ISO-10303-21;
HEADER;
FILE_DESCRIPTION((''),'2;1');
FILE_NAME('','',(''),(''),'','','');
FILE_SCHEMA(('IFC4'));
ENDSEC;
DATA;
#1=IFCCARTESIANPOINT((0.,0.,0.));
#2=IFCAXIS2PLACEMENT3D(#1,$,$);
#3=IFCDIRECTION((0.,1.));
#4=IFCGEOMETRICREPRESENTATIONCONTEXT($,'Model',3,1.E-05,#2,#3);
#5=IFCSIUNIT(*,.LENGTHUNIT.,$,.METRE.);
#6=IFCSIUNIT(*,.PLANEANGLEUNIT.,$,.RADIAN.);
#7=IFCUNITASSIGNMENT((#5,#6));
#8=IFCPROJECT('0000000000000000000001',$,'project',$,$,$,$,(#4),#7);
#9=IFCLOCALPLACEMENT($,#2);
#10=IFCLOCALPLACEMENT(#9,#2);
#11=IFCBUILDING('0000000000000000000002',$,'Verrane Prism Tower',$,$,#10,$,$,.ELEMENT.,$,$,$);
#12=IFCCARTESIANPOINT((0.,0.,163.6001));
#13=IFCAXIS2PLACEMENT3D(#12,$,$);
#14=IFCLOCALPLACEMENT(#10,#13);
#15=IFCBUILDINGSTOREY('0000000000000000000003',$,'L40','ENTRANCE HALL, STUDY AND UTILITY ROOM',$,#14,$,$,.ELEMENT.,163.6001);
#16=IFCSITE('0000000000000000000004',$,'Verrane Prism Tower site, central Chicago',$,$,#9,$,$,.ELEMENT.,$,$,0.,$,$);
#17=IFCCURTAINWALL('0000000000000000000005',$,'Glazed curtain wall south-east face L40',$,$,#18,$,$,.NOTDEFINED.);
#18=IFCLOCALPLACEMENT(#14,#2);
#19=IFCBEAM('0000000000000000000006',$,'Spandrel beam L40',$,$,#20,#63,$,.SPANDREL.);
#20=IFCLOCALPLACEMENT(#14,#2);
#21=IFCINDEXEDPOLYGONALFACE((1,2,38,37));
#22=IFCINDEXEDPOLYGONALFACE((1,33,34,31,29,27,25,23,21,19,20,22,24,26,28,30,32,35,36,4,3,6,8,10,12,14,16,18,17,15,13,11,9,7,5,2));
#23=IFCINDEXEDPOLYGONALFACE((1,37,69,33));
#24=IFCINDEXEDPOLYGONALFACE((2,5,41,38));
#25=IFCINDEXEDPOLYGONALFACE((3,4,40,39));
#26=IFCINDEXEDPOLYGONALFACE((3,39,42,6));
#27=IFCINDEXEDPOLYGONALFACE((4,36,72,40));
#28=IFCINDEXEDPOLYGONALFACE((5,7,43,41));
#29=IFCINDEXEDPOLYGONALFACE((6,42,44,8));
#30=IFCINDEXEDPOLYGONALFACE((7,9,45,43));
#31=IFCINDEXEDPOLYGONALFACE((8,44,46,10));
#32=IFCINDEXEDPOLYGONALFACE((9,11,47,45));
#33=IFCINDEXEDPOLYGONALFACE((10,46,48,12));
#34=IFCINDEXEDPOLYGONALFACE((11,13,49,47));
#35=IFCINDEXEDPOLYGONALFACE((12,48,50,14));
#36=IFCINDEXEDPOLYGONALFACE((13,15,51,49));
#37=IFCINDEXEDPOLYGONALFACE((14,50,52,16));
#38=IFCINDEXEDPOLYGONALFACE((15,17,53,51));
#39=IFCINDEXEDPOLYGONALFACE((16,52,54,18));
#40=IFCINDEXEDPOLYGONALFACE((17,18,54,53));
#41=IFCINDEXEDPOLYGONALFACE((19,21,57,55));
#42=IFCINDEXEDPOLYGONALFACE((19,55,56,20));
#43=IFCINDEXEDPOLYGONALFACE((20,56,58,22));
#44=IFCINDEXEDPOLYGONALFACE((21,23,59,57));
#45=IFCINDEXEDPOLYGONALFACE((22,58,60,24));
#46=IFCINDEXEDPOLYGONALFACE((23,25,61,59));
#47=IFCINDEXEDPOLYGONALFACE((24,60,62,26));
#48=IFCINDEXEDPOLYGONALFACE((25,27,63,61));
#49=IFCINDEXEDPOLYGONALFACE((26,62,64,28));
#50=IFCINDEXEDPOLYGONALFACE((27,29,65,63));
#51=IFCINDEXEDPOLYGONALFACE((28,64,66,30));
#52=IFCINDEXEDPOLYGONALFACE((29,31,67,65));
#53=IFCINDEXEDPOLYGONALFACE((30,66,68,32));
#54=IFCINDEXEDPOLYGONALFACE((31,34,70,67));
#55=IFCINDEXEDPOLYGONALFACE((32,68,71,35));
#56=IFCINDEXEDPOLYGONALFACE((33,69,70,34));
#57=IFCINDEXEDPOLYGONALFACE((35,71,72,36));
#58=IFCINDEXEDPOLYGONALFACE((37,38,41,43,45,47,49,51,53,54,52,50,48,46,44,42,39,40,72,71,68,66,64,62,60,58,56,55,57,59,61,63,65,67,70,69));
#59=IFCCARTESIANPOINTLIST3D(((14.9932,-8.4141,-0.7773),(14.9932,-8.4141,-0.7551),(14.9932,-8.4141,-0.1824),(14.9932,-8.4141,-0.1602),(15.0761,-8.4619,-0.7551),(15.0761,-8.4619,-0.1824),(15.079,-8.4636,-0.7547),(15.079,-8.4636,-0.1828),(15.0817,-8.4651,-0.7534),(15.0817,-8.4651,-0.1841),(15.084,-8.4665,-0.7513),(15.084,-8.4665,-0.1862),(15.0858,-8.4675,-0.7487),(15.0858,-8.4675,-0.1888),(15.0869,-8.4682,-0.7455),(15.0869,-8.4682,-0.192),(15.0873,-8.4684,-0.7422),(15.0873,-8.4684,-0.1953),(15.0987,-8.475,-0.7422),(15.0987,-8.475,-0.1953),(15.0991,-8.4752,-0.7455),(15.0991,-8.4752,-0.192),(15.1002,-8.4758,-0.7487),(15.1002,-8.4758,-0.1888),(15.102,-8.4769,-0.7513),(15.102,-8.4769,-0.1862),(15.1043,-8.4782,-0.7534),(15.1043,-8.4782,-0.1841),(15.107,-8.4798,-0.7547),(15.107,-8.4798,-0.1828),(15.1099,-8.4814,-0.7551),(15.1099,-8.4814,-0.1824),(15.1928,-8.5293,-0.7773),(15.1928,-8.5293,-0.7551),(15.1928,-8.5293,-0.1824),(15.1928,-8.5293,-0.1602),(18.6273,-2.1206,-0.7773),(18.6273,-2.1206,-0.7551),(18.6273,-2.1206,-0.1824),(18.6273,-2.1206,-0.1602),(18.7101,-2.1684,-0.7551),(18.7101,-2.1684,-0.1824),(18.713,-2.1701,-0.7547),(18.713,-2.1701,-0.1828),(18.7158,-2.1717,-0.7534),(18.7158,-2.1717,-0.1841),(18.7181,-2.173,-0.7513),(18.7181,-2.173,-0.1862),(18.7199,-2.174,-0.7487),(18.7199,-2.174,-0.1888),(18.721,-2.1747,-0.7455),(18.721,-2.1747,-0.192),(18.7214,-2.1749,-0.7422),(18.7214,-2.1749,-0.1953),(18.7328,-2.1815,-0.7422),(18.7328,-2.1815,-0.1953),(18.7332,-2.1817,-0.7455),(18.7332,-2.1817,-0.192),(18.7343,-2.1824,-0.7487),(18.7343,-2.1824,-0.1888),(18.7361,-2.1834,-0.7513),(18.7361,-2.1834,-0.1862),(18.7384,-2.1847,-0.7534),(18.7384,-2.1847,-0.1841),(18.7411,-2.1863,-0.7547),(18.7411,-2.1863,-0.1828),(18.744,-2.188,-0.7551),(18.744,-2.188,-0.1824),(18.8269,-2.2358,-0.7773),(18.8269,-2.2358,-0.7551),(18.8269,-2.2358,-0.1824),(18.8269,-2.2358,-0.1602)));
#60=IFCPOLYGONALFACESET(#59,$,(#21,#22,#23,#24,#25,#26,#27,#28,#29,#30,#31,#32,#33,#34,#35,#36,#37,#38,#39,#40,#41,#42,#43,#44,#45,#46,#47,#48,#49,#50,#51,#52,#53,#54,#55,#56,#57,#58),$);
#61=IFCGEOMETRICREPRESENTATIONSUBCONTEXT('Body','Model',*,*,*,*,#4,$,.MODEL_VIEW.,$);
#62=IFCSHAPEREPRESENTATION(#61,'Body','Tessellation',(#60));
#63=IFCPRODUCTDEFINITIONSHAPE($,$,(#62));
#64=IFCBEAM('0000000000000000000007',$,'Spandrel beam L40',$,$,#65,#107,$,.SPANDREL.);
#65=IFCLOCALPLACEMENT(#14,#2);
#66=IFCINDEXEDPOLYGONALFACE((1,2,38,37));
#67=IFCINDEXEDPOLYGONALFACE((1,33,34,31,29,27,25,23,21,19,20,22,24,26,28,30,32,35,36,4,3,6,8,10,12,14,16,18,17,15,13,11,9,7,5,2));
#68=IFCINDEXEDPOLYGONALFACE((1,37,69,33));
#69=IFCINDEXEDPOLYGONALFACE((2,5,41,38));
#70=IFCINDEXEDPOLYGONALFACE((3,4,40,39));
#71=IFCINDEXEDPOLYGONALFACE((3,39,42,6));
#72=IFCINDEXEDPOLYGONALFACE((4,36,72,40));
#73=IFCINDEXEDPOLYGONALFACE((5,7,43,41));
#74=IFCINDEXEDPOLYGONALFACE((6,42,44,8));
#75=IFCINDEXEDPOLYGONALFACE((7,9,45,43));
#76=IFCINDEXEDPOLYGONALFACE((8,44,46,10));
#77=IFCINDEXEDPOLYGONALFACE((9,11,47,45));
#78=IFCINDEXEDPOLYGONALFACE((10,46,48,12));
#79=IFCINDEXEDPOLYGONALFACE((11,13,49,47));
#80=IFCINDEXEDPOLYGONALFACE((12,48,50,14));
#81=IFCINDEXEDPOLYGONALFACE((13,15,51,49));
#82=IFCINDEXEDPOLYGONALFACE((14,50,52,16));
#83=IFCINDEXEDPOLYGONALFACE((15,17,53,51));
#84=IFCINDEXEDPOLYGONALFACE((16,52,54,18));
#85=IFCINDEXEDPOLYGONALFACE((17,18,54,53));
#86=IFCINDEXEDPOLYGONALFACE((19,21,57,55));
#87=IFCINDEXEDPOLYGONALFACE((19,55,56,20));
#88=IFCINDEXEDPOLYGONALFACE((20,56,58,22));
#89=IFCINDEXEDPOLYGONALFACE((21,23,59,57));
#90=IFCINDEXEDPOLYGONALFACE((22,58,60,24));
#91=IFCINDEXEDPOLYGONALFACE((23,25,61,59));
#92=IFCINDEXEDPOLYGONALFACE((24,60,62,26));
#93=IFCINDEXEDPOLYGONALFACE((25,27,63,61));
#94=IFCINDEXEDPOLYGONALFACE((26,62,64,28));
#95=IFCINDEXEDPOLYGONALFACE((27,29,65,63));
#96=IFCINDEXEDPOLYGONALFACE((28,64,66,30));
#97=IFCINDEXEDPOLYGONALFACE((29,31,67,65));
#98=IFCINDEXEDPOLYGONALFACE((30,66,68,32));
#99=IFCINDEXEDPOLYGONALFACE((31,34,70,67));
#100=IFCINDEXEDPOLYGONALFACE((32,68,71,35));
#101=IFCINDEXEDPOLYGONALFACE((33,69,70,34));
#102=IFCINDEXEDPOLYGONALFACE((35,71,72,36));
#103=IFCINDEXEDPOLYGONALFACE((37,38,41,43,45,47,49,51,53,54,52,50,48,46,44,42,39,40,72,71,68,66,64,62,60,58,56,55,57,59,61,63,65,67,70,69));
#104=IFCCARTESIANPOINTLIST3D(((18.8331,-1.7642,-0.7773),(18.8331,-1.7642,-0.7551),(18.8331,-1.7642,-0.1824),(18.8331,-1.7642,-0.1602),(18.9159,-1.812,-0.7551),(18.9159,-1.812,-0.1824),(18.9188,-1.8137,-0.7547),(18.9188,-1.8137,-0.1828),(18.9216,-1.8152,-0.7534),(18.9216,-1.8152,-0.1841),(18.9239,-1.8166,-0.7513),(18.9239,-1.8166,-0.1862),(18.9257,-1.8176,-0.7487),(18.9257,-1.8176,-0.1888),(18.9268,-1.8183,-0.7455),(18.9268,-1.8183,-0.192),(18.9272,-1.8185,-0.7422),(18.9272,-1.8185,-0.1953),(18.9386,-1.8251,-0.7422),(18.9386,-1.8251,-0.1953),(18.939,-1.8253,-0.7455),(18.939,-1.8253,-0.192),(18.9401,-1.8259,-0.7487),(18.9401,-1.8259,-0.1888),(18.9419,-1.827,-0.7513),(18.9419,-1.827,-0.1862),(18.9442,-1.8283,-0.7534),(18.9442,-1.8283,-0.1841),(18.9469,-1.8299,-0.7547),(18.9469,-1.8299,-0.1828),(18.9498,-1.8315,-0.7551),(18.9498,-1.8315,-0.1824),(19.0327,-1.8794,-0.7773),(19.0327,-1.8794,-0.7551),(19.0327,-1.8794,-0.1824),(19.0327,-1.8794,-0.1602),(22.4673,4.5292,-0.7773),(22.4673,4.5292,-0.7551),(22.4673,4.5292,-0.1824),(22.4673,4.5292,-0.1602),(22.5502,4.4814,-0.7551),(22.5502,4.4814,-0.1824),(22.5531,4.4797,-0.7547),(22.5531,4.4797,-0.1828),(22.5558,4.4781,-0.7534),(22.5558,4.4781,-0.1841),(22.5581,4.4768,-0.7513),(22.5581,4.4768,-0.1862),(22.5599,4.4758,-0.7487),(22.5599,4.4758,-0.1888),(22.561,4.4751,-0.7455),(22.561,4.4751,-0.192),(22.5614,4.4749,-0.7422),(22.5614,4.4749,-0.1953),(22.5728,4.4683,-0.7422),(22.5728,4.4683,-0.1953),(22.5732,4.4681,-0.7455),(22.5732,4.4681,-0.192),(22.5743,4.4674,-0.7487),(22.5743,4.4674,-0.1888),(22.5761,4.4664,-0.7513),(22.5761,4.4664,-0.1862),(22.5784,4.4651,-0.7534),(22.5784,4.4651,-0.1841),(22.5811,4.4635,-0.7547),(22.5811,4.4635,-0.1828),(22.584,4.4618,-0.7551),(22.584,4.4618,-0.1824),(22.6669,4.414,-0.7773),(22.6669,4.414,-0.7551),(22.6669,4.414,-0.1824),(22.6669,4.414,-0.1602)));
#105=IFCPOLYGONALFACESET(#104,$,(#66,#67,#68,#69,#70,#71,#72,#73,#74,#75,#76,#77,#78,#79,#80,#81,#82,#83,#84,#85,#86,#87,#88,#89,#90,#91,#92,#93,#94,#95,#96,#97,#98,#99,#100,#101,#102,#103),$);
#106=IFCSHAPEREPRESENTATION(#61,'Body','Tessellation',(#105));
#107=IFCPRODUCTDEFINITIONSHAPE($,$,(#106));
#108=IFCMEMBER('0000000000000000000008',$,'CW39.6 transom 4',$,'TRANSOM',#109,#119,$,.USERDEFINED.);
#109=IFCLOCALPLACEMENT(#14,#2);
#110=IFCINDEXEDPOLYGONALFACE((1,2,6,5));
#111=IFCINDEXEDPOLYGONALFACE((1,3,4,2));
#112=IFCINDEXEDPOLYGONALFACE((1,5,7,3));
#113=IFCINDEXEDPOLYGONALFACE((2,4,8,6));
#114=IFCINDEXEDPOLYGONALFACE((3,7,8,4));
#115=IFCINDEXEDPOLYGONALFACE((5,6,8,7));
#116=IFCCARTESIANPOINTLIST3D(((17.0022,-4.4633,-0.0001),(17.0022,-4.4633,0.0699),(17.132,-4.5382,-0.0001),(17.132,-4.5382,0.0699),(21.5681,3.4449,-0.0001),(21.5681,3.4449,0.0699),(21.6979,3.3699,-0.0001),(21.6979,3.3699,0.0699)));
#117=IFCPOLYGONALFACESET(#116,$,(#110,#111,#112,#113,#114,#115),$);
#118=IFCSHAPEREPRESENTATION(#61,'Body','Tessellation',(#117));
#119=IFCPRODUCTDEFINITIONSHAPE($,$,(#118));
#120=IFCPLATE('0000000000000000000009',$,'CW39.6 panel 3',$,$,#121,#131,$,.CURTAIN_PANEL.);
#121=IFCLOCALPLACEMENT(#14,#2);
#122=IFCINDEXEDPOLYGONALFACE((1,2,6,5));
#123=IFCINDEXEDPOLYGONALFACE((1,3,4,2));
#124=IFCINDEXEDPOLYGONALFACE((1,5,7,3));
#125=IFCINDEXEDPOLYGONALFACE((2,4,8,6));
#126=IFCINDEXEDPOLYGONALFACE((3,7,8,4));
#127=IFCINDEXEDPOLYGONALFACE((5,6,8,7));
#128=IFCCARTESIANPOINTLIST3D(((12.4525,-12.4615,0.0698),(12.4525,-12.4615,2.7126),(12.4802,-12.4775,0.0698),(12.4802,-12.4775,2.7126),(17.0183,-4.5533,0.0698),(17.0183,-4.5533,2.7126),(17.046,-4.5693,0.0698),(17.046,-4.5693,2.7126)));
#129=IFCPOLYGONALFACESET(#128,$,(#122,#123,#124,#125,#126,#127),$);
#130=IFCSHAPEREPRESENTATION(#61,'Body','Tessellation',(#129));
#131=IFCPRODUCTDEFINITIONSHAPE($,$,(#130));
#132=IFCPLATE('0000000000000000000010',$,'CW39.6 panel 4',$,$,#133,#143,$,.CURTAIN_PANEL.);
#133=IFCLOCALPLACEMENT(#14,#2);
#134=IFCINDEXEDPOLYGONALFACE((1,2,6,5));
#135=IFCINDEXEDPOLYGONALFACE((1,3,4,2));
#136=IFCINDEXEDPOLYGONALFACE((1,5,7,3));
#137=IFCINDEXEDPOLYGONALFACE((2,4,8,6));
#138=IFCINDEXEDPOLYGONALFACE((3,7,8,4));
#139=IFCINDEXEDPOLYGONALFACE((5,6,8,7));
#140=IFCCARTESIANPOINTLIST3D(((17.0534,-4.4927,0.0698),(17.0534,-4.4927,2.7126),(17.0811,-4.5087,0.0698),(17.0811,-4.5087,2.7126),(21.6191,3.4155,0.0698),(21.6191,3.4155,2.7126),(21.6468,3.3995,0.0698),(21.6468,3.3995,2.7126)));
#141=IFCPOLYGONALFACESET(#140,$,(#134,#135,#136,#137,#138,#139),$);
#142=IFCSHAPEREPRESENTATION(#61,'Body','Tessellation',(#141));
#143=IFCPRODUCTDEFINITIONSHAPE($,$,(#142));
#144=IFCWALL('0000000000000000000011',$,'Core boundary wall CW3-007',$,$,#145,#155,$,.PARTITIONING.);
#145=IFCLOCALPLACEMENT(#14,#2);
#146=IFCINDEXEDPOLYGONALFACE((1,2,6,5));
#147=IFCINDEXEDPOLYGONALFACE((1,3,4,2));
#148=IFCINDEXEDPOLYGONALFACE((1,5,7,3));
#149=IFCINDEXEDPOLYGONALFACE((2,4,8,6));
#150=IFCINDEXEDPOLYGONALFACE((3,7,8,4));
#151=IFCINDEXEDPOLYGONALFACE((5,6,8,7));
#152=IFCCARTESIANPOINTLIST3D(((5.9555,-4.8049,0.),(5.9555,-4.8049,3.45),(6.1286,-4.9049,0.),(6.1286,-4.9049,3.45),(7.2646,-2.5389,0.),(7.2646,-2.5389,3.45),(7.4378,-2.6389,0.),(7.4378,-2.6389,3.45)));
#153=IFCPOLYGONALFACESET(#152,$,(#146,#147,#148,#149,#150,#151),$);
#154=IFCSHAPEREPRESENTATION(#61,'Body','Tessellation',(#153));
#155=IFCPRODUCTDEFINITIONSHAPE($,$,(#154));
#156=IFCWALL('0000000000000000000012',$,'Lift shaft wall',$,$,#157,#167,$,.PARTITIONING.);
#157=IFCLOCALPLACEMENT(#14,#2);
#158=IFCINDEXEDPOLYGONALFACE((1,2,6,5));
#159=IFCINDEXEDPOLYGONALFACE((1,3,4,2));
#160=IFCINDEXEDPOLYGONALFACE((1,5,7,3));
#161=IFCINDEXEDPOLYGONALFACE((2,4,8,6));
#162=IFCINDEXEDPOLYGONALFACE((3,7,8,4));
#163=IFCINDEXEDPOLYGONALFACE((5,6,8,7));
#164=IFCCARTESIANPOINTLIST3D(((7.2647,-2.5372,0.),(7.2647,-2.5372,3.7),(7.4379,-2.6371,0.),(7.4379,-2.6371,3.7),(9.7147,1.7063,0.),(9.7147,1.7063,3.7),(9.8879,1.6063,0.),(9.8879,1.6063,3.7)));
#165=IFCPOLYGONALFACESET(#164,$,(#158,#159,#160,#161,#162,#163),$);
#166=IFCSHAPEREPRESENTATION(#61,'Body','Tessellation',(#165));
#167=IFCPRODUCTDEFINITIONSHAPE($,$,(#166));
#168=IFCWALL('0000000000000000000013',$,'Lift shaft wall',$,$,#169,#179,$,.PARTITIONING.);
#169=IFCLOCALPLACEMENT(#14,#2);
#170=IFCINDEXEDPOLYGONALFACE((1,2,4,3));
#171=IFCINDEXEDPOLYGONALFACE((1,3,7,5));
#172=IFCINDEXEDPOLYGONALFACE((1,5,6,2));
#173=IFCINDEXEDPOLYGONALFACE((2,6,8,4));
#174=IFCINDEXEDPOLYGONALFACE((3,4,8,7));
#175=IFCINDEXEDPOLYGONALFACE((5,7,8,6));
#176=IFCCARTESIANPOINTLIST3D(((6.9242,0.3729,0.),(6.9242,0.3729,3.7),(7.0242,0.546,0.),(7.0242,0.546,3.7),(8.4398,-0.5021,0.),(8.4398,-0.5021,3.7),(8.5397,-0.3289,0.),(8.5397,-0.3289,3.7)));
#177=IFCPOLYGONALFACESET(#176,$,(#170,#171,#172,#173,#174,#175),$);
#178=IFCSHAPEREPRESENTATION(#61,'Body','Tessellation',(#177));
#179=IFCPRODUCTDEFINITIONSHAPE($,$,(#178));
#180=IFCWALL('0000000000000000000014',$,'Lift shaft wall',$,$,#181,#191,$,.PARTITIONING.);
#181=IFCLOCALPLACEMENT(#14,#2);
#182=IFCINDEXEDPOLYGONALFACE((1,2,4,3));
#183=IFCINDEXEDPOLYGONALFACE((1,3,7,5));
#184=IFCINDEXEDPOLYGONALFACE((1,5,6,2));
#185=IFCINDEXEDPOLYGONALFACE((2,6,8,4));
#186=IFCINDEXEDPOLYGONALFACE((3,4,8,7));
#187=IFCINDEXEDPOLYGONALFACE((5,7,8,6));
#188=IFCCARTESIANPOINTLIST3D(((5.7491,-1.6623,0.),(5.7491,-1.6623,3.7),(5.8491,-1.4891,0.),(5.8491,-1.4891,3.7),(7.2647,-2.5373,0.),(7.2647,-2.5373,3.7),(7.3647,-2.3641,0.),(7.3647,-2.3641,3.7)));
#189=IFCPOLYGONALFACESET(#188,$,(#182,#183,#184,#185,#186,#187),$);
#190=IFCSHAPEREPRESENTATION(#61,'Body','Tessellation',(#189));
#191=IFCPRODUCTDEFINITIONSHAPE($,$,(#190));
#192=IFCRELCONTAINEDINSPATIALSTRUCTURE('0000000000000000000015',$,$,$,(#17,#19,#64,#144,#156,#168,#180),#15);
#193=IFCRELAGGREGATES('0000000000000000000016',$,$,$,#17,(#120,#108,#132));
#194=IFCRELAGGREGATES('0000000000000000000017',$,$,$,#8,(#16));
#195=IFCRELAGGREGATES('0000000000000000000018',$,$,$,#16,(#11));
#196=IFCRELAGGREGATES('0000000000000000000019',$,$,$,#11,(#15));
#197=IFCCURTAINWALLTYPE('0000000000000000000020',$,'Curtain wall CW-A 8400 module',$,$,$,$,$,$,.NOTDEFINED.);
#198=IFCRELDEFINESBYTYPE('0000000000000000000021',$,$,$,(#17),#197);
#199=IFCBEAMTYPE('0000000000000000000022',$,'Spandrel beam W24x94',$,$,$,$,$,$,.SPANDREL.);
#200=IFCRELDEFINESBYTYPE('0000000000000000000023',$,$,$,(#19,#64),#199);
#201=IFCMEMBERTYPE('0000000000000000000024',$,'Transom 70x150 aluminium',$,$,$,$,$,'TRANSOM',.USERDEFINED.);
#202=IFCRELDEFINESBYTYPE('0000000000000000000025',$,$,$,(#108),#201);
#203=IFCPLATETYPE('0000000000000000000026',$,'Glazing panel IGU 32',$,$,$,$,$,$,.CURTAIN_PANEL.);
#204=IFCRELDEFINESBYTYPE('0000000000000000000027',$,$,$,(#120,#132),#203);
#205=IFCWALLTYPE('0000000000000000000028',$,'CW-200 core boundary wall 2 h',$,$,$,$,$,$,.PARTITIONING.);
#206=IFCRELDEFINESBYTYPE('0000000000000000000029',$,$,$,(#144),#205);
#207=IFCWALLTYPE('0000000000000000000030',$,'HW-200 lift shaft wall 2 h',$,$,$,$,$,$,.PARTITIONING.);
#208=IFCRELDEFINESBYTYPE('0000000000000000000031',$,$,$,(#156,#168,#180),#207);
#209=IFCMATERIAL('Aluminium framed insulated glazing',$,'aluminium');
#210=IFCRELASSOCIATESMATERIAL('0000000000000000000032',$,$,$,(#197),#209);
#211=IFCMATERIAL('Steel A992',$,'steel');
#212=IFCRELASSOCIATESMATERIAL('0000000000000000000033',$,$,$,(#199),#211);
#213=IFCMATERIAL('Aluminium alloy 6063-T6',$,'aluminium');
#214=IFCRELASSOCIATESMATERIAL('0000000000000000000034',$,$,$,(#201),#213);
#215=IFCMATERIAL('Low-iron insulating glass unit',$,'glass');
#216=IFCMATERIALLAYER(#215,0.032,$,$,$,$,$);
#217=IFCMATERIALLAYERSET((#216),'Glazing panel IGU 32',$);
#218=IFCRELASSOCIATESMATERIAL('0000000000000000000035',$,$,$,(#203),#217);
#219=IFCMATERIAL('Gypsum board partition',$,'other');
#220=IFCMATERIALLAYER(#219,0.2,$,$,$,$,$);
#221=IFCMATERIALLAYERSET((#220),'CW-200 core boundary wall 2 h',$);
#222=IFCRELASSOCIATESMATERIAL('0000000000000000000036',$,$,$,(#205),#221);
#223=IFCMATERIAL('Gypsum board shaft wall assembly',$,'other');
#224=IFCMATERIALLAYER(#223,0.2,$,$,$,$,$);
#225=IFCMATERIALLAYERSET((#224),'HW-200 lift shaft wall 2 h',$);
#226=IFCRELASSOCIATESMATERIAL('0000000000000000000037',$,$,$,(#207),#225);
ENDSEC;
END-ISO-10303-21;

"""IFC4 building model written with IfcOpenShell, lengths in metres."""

from ifc_helpers import new_model, si_unit, direction, frame, frame_2d, origin, origin_2d, place, context, subcontext, project, spatial, rectangle, i_section, extrude, material, layer, layer_set, material_profile, profile_set, type_object, element, aggregate, save


model = new_model("IFC4")

# Units and contexts
model_context = context("Model", 3, precision=1e-05, world=origin(), true_north=direction((0.0, 1.0)))
body_context = subcontext(model_context, "Body", "Model", "MODEL_VIEW")
ifc_project = project(units=[si_unit("LENGTHUNIT", "METRE"), si_unit("PLANEANGLEUNIT", "RADIAN")], contexts=[model_context])

# Site, building, storey
site_placement = place(None, origin())
site = spatial("IfcSite", under=ifc_project, at=site_placement, Name="Verrane Prism Tower site, central Chicago", CompositionType="ELEMENT", RefElevation=0.0)
building_placement = place(site_placement, origin())
building = spatial("IfcBuilding", under=site, at=building_placement, Name="Verrane Prism Tower", CompositionType="ELEMENT")
storey_placement = place(building_placement, frame((0.0, 0.0, 163.6001)))
storey = spatial("IfcBuildingStorey", under=building, at=storey_placement, Name="L40", Description="ENTRANCE HALL, STUDY AND UTILITY ROOM", CompositionType="ELEMENT", Elevation=163.6001)

# Curtain wall
ifc_material_1 = material(Name="Aluminium framed insulated glazing", Category="aluminium")
curtain_wall_type = type_object("IfcCurtainWallType", Name="Curtain wall CW-A 8400 module", PredefinedType="NOTDEFINED", material=ifc_material_1)
curtain_wall_placement = place(storey_placement, origin())
curtain_wall = element("IfcCurtainWall", 1, at=curtain_wall_placement, inside=storey, type_object=curtain_wall_type, Name="Glazed curtain wall south-east face L40", PredefinedType="NOTDEFINED")

# Beams
ifc_material_2 = material(Name="Steel A992", Category="steel")
ifc_material_profile_1 = material_profile(ifc_material_2, i_section(OverallWidth=0.2305, OverallDepth=0.6172, WebThickness=0.0132, FlangeThickness=0.0222, FilletRadius=0.0129, at=origin_2d()), Name="W24x94")
ifc_profile_set_1 = profile_set([ifc_material_profile_1], Name="Steel A992")
beam_type_1 = type_object("IfcBeamType", Name="Spandrel beam W24x94", PredefinedType="SPANDREL", material=ifc_profile_set_1)
for number, where, z_axis, x_axis, name in (
    (2, (15.093, -8.4717, -0.4688), (0.500052, 0.865995, 0.0), (-0.865995, 0.500052, 0.0), "Spandrel beam L40"),
    (3, (18.9329, -1.8218, -0.4688), (0.500077, 0.865981, 0.0), (-0.865981, 0.500077, 0.0), "Spandrel beam L40"),
):
    element("IfcBeam", number, at=place(storey_placement, frame(where, z_axis=z_axis, x_axis=x_axis)), inside=storey, type_object=beam_type_1, Name=name, PredefinedType="SPANDREL", context=body_context, shape_type="SweptSolid", body=[
        extrude(i_section(OverallWidth=0.2305, OverallDepth=0.6172, WebThickness=0.0132, FlangeThickness=0.0222, FilletRadius=0.0129, at=origin_2d()), origin(), (0.0, 0.0, 1.0), 7.2673),
    ])

# Member
ifc_material_3 = material(Name="Aluminium alloy 6063-T6", Category="aluminium")
ifc_material_profile_2 = material_profile(ifc_material_3, rectangle(XDim=0.1499, YDim=0.0701, at=origin_2d()), Name="Transom 70x150 aluminium")
ifc_profile_set_2 = profile_set([ifc_material_profile_2], Name="Aluminium alloy 6063-T6")
member_type_1 = type_object("IfcMemberType", Name="Transom 70x150 aluminium", ElementType="TRANSOM", PredefinedType="USERDEFINED", material=ifc_profile_set_2)
member_1_placement = place(storey_placement, frame((17.0671, -4.5007, 0.0349), z_axis=(0.500009, 0.86602, 0.0), x_axis=(-0.86602, 0.500009, 0.0)))
member_1 = element("IfcMember", 4, at=member_1_placement, type_object=member_type_1, Name="CW39.6 transom 4", ObjectType="TRANSOM", PredefinedType="USERDEFINED", context=body_context, shape_type="SweptSolid", body=[
    extrude(rectangle(XDim=0.1499, YDim=0.0701, at=origin_2d()), origin(), (0.0, 0.0, 1.0), 9.1316),
])

# Plates
ifc_material_4 = material(Name="Low-iron insulating glass unit", Category="glass")
ifc_layer_1 = layer(ifc_material_4, 0.032)
ifc_layer_set_1 = layer_set([ifc_layer_1], Name="Glazing panel IGU 32")
plate_type = type_object("IfcPlateType", Name="Glazing panel IGU 32", PredefinedType="CURTAIN_PANEL", material=ifc_layer_set_1)
plate_1_placement = place(storey_placement, frame((14.7493, -8.5154, 0.0698), z_axis=(0.0, 0.0, 1.0), x_axis=(0.499999, 0.866026, 0.0)))
plate_1 = element("IfcPlate", 5, at=plate_1_placement, type_object=plate_type, Name="CW39.6 panel 3", PredefinedType="CURTAIN_PANEL", context=body_context, shape_type="SweptSolid", body=[
    extrude(rectangle(XDim=9.1316, YDim=0.032, at=origin_2d()), origin(), (0.0, 0.0, 1.0), 2.6428),
])
plate_2_placement = place(storey_placement, frame((19.3501, -0.5466, 0.0698), z_axis=(0.0, 0.0, 1.0), x_axis=(0.499999, 0.866026, 0.0)))
plate_2 = element("IfcPlate", 6, at=plate_2_placement, type_object=plate_type, Name="CW39.6 panel 4", PredefinedType="CURTAIN_PANEL", context=body_context, shape_type="SweptSolid", body=[
    extrude(rectangle(XDim=9.1316, YDim=0.032, at=origin_2d()), origin(), (0.0, 0.0, 1.0), 2.6428),
])
aggregate(curtain_wall, [plate_1, member_1, plate_2])

# Walls
ifc_material_5 = material(Name="Gypsum board partition", Category="other")
ifc_layer_2 = layer(ifc_material_5, 0.2)
ifc_layer_set_2 = layer_set([ifc_layer_2], Name="CW-200 core boundary wall 2 h")
wall_type_1 = type_object("IfcWallType", Name="CW-200 core boundary wall 2 h", PredefinedType="PARTITIONING", material=ifc_layer_set_2)
wall_1_placement = place(storey_placement, frame((6.042, -4.855, 0.0), z_axis=(0.0, 0.0, 1.0), x_axis=(0.500253, 0.865879, 0.0)))
element("IfcWall", 7, at=wall_1_placement, inside=storey, type_object=wall_type_1, Name="Core boundary wall CW3-007", PredefinedType="PARTITIONING", context=body_context, shape_type="SweptSolid", body=[
    extrude(rectangle(XDim=2.6169, YDim=0.2, at=frame_2d((1.3086, 0.0))), origin(), (0.0, 0.0, 1.0), 3.45),
])
ifc_material_6 = material(Name="Gypsum board shaft wall assembly", Category="other")
ifc_layer_3 = layer(ifc_material_6, 0.2)
ifc_layer_set_3 = layer_set([ifc_layer_3], Name="HW-200 lift shaft wall 2 h")
wall_type_2 = type_object("IfcWallType", Name="HW-200 lift shaft wall 2 h", PredefinedType="PARTITIONING", material=ifc_layer_set_3)
wall_2_placement = place(storey_placement, frame((7.3513, -2.5872, 0.0), z_axis=(0.0, 0.0, 1.0), x_axis=(0.500003, 0.866024, 0.0)))
element("IfcWall", 8, at=wall_2_placement, inside=storey, type_object=wall_type_2, Name="Lift shaft wall", PredefinedType="PARTITIONING", context=body_context, shape_type="SweptSolid", body=[
    extrude(rectangle(XDim=4.8999, YDim=0.2, at=frame_2d((2.45, 0.0))), origin(), (0.0, 0.0, 1.0), 3.7),
])
for number, where, z_axis, x_axis, name in (
    (9, (8.4897, -0.4155, 0.0), (0.0, 0.0, 1.0), (-0.866037, 0.49998, 0.0), "Lift shaft wall"),
    (10, (7.3147, -2.4507, 0.0), (0.0, 0.0, 1.0), (-0.866037, 0.49998, 0.0), "Lift shaft wall"),
):
    element("IfcWall", number, at=place(storey_placement, frame(where, z_axis=z_axis, x_axis=x_axis)), inside=storey, type_object=wall_type_2, Name=name, PredefinedType="PARTITIONING", context=body_context, shape_type="SweptSolid", body=[
        extrude(rectangle(XDim=1.75, YDim=0.2, at=frame_2d((0.875, 0.0))), origin(), (0.0, 0.0, 1.0), 3.7),
    ])

save(model, "model.ifc")
